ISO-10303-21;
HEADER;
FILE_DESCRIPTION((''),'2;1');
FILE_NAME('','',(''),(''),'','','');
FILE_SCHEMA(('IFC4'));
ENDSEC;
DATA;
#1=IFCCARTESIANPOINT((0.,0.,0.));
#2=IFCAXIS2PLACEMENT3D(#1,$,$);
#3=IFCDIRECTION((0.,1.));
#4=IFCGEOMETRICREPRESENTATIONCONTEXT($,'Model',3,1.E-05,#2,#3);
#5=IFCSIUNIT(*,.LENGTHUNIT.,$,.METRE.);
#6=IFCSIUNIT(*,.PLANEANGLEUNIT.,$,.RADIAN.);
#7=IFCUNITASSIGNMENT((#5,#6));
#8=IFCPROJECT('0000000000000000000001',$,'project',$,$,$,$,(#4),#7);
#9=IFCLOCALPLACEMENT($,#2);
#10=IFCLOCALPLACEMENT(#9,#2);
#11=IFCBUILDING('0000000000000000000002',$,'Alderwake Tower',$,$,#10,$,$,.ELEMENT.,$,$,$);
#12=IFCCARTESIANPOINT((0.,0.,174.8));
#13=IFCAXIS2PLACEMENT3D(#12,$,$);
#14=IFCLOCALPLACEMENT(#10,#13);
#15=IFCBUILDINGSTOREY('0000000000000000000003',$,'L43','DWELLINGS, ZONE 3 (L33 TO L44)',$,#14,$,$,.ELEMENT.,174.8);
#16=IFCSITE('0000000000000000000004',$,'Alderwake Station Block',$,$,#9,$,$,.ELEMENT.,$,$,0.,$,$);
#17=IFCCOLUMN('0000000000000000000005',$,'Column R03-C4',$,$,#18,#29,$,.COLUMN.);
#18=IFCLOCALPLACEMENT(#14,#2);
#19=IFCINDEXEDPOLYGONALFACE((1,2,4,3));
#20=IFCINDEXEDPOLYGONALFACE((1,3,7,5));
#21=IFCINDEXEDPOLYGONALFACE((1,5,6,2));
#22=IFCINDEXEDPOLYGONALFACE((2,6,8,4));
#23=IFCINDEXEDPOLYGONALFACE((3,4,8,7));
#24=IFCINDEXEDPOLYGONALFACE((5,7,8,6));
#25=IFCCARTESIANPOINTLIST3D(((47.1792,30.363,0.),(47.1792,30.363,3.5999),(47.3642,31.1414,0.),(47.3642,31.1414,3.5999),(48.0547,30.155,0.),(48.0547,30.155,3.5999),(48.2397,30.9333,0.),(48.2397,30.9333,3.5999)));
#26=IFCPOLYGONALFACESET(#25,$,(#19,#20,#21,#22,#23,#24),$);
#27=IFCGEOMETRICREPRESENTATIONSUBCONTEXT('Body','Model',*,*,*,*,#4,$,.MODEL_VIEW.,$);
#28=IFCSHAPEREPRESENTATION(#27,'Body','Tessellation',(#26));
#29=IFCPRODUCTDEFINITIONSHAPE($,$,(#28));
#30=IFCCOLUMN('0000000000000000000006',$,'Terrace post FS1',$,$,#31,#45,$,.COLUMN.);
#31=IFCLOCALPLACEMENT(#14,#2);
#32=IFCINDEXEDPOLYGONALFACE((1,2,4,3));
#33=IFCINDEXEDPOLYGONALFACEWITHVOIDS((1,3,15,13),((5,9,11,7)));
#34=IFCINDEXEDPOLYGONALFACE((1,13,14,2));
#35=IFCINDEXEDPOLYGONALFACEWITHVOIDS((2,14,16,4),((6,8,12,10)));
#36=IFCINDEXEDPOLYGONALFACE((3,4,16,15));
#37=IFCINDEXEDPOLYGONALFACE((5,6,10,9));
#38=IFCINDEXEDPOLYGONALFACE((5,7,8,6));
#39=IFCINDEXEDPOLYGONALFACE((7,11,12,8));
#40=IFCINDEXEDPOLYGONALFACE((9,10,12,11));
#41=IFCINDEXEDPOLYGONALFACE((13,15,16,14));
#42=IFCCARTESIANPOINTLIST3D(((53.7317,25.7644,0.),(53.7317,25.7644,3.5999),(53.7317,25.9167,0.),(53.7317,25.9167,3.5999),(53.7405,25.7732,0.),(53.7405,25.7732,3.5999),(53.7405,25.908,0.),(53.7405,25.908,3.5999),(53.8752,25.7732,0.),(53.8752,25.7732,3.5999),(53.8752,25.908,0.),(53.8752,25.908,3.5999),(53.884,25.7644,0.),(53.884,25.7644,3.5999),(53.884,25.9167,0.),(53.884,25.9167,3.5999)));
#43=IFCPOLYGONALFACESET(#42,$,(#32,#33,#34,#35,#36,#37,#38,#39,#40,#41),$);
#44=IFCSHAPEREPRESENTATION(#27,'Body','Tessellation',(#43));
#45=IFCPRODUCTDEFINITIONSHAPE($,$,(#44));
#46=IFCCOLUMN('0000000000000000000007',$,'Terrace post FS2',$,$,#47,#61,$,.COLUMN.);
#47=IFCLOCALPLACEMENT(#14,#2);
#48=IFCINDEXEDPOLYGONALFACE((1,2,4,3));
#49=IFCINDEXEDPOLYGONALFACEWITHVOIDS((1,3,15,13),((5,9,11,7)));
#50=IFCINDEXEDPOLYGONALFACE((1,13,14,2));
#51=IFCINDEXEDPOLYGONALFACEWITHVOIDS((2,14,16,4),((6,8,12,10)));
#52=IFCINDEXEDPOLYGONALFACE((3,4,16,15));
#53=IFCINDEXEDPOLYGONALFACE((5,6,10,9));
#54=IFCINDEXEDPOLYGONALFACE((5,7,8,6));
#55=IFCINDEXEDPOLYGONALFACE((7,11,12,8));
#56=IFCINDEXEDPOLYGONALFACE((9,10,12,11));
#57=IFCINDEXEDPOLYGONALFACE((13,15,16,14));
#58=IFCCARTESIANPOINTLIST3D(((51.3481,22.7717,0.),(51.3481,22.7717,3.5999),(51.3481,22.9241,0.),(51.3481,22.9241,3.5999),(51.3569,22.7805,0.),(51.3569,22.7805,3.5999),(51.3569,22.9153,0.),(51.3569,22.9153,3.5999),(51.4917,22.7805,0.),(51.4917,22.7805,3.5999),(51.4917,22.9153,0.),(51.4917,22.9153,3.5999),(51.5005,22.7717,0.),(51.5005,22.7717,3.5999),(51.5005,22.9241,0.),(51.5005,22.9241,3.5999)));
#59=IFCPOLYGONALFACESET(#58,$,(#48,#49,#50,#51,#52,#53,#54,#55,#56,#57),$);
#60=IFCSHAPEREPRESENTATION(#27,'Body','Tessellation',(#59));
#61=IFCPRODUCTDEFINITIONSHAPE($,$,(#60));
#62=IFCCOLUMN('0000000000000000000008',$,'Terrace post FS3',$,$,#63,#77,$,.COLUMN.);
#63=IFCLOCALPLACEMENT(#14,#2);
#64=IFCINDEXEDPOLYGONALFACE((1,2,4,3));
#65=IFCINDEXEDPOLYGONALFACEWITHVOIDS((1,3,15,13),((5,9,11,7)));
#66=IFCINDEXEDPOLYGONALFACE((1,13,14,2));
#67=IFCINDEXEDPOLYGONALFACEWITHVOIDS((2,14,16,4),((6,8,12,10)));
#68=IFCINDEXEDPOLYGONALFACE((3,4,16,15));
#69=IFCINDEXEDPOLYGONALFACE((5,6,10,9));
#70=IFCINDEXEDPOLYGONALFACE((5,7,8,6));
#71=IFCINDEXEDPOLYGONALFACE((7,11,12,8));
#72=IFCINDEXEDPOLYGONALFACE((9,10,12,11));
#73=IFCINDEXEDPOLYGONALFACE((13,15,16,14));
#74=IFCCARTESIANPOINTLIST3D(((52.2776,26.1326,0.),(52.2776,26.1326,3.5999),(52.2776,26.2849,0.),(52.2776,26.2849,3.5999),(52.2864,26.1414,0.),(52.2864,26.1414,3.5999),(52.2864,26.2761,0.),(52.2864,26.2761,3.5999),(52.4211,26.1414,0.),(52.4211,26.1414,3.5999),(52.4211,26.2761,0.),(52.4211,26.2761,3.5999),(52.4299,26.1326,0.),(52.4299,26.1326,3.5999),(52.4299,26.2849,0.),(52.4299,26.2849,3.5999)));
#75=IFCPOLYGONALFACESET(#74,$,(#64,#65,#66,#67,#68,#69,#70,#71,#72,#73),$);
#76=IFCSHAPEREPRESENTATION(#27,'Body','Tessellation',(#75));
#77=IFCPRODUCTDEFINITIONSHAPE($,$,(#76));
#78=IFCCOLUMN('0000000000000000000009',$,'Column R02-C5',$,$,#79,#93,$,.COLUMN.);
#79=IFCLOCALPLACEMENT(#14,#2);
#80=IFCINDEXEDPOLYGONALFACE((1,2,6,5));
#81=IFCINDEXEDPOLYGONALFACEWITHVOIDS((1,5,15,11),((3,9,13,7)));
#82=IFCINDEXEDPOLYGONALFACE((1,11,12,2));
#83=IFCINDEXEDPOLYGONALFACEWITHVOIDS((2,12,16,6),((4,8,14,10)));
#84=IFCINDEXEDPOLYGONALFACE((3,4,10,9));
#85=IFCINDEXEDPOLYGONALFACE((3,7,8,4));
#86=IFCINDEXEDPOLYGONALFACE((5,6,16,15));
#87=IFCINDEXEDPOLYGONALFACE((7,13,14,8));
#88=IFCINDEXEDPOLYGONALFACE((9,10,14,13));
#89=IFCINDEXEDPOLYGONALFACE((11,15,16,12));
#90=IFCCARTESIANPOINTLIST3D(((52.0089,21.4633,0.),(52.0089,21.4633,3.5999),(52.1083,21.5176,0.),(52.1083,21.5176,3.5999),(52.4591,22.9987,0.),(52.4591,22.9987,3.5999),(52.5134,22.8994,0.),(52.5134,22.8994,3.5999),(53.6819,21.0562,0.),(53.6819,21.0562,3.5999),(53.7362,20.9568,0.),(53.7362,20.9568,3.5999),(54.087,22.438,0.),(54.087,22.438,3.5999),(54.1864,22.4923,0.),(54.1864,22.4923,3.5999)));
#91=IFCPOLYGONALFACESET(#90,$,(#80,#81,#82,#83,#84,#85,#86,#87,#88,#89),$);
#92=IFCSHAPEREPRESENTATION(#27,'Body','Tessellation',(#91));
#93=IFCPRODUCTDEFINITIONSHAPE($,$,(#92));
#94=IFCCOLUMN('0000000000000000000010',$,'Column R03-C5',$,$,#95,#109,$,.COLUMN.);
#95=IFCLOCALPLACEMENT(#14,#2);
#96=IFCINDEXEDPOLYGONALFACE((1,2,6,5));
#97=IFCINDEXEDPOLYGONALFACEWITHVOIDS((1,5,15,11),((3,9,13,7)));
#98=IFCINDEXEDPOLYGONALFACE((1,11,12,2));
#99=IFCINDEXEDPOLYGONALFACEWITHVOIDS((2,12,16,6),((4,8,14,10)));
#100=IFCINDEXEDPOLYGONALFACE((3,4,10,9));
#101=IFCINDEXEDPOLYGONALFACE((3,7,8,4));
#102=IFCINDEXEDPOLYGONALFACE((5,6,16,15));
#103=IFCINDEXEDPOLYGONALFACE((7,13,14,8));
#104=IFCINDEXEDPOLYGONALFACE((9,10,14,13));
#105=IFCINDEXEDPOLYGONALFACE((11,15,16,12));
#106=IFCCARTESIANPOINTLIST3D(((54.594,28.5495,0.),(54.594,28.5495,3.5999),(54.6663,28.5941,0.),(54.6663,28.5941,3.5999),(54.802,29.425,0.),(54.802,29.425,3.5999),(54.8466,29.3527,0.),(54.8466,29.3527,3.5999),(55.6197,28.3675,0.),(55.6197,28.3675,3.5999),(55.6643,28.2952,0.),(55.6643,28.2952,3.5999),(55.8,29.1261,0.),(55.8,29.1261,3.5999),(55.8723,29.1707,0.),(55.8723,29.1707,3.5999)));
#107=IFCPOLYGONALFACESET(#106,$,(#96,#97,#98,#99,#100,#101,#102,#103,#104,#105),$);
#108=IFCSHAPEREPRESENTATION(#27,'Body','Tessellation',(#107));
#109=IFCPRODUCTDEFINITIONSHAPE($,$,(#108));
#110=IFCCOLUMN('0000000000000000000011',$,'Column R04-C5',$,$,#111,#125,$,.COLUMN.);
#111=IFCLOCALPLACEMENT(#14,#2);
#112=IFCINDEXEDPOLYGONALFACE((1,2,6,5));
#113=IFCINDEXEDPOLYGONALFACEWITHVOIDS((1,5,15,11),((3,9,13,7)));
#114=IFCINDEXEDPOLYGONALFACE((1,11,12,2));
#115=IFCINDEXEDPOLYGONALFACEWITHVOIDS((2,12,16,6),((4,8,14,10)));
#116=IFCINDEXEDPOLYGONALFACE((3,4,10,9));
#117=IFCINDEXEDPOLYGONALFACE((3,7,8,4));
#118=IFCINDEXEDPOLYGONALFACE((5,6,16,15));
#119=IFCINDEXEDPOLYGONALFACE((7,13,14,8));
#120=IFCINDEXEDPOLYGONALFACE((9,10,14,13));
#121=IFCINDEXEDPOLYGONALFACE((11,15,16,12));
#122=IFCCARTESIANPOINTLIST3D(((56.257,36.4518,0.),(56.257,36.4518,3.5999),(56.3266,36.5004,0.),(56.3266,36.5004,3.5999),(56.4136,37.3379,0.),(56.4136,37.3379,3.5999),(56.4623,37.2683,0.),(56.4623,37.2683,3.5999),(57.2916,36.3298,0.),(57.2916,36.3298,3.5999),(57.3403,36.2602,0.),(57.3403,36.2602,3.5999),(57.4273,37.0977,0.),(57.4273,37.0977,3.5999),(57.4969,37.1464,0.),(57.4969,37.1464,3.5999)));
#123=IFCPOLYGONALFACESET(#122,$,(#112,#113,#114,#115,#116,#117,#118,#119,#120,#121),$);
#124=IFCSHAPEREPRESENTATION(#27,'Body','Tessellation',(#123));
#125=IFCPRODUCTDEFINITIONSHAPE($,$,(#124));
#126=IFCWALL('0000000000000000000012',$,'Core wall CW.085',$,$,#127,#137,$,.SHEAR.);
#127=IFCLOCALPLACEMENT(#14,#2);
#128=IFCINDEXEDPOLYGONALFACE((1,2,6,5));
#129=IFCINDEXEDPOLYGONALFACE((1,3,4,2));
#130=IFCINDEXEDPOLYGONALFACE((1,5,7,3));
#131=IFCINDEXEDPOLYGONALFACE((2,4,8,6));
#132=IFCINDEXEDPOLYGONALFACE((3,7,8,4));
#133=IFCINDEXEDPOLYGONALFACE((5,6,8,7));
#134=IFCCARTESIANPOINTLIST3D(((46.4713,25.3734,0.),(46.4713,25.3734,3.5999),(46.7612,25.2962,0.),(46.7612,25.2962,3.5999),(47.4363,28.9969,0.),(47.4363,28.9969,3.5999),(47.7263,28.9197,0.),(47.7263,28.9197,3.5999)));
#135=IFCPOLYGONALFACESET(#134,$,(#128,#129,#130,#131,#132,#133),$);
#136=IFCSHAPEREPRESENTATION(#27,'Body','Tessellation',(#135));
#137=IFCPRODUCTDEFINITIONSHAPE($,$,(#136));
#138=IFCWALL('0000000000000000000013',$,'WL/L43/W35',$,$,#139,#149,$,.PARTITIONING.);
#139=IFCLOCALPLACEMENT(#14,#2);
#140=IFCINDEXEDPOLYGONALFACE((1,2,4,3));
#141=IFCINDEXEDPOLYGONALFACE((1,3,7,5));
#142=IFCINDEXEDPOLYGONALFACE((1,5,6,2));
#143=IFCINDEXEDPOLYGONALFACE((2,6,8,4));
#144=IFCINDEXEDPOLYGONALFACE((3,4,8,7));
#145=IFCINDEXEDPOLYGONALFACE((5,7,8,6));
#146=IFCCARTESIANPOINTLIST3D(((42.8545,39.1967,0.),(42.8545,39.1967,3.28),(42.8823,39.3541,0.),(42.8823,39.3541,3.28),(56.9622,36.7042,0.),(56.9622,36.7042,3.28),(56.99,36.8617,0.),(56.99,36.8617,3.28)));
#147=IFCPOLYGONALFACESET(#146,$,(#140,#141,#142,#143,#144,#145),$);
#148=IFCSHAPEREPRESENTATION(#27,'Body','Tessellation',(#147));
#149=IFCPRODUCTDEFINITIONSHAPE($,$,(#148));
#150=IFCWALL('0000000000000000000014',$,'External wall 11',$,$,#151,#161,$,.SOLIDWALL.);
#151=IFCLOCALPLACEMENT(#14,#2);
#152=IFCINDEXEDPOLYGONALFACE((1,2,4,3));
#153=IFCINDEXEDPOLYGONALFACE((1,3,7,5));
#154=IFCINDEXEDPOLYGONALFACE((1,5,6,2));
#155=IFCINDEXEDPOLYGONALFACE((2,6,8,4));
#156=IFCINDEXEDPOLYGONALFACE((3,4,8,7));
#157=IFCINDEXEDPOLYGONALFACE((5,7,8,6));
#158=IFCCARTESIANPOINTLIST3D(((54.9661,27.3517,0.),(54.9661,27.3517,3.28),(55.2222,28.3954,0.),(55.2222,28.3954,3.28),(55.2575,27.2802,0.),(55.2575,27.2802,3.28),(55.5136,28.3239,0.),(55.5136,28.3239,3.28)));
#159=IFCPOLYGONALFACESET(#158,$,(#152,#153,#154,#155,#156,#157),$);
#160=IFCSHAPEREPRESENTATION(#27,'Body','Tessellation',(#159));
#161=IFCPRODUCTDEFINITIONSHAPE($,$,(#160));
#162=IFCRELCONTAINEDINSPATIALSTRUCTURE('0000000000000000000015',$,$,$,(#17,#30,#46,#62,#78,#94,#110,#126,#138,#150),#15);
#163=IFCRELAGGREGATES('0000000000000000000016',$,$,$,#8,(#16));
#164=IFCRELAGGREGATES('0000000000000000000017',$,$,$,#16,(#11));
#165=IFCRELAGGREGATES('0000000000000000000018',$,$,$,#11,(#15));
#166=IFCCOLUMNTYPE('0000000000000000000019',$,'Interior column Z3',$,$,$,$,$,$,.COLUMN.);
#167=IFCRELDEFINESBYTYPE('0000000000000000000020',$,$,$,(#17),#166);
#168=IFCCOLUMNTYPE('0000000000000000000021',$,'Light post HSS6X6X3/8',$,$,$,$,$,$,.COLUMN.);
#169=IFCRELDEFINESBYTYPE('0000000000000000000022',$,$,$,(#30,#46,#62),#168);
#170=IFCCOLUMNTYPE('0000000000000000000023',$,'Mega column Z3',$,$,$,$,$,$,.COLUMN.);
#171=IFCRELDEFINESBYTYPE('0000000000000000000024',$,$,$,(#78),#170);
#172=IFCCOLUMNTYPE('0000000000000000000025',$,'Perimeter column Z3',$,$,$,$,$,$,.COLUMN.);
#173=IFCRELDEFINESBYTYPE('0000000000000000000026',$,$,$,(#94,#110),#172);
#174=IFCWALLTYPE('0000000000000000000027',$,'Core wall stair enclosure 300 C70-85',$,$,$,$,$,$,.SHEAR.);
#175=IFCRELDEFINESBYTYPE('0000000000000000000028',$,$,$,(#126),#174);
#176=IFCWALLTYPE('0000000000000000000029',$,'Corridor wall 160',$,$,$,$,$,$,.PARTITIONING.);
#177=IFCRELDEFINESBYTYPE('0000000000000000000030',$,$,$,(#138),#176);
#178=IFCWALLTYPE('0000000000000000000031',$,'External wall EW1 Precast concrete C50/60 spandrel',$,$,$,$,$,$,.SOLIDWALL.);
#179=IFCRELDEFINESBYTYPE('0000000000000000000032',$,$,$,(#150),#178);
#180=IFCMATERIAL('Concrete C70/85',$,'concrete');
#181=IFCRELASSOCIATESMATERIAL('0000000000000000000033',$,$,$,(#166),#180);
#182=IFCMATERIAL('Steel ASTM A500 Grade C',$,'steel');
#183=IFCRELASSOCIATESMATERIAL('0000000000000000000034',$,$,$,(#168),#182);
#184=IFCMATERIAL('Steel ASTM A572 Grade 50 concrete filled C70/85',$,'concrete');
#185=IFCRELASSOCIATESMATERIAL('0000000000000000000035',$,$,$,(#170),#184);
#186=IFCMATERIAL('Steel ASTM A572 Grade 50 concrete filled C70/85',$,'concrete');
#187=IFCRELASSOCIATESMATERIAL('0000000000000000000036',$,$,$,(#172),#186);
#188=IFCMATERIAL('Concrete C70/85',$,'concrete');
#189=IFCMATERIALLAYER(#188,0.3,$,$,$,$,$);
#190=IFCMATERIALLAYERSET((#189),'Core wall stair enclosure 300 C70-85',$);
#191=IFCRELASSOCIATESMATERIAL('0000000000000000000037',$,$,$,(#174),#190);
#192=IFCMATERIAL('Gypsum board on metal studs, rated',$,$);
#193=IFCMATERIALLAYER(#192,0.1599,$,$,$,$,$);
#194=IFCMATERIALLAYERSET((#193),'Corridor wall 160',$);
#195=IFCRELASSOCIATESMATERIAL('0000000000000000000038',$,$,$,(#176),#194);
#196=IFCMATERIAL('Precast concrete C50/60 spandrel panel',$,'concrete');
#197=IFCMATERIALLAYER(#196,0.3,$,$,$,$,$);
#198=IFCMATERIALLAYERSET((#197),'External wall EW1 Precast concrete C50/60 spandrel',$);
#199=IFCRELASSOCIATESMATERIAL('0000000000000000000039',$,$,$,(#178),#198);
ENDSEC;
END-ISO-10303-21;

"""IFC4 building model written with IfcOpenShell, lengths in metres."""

from ifc_helpers import new_model, si_unit, direction, frame, frame_2d, origin, origin_2d, place, context, subcontext, project, spatial, rectangle, hollow_rectangle, extrude, material, layer, layer_set, material_profile, profile_set, type_object, element, save


model = new_model("IFC4")

# Units and contexts
model_context = context("Model", 3, precision=1e-05, world=origin(), true_north=direction((0.0, 1.0)))
body_context = subcontext(model_context, "Body", "Model", "MODEL_VIEW")
ifc_project = project(units=[si_unit("LENGTHUNIT", "METRE"), si_unit("PLANEANGLEUNIT", "RADIAN")], contexts=[model_context])

# Site, building, storey
site_placement = place(None, origin())
site = spatial("IfcSite", under=ifc_project, at=site_placement, Name="Alderwake Station Block", CompositionType="ELEMENT", RefElevation=0.0)
building_placement = place(site_placement, origin())
building = spatial("IfcBuilding", under=site, at=building_placement, Name="Alderwake Tower", CompositionType="ELEMENT")
storey_placement = place(building_placement, frame((0.0, 0.0, 174.8)))
storey = spatial("IfcBuildingStorey", under=building, at=storey_placement, Name="L43", Description="DWELLINGS, ZONE 3 (L33 TO L44)", CompositionType="ELEMENT", Elevation=174.8)

# Columns
ifc_material_1 = material(Name="Concrete C70/85", Category="concrete")
ifc_material_profile_1 = material_profile(ifc_material_1, rectangle(XDim=0.8, YDim=0.8999, at=origin_2d()), Name="RC 900X800")
ifc_profile_set_1 = profile_set([ifc_material_profile_1], Name="Concrete C70/85")
column_type_1 = type_object("IfcColumnType", Name="Interior column Z3", PredefinedType="COLUMN", material=ifc_profile_set_1)
column_1_placement = place(storey_placement, frame((47.7095, 30.6482, 0.0), z_axis=(0.0, 0.0, 1.0), x_axis=(0.231222, 0.972901, 0.0)))
element("IfcColumn", 1, at=column_1_placement, inside=storey, type_object=column_type_1, Name="Column R03-C4", PredefinedType="COLUMN", context=body_context, shape_type="SweptSolid", body=[
    extrude(rectangle(XDim=0.8, YDim=0.8999, at=origin_2d()), origin(), (0.0, 0.0, 1.0), 3.5999),
])
ifc_material_2 = material(Name="Steel ASTM A500 Grade C", Category="steel")
ifc_material_profile_2 = material_profile(ifc_material_2, hollow_rectangle(XDim=0.1523, YDim=0.1523, WallThickness=0.0088, at=origin_2d()), Name="HSS6X6X3/8")
ifc_profile_set_2 = profile_set([ifc_material_profile_2], Name="Steel ASTM A500 Grade C")
column_type_2 = type_object("IfcColumnType", Name="Light post HSS6X6X3/8", PredefinedType="COLUMN", material=ifc_profile_set_2)
for number, where, z_axis, x_axis, name in (
    (2, (53.8079, 25.8406, 0.0), (0.0, 0.0, 1.0), (1.0, 0.0, 0.0), "Terrace post FS1"),
    (3, (51.4243, 22.8479, 0.0), (0.0, 0.0, 1.0), (1.0, 0.0, 0.0), "Terrace post FS2"),
    (4, (52.3538, 26.2087, 0.0), (0.0, 0.0, 1.0), (1.0, 0.0, 0.0), "Terrace post FS3"),
):
    element("IfcColumn", number, at=place(storey_placement, frame(where, z_axis=z_axis, x_axis=x_axis)), inside=storey, type_object=column_type_2, Name=name, PredefinedType="COLUMN", context=body_context, shape_type="SweptSolid", body=[
        extrude(hollow_rectangle(XDim=0.1523, YDim=0.1523, WallThickness=0.0088, at=origin_2d()), origin(), (0.0, 0.0, 1.0), 3.5999),
    ])
ifc_material_3 = material(Name="Steel ASTM A572 Grade 50 concrete filled C70/85", Category="concrete")
ifc_material_profile_3 = material_profile(ifc_material_3, hollow_rectangle(XDim=1.6001, YDim=1.8, WallThickness=0.0801, at=origin_2d()), Name="BOX 1800X1600X80")
ifc_profile_set_3 = profile_set([ifc_material_profile_3], Name="Steel ASTM A572 Grade 50 concrete filled C70/85")
column_type_3 = type_object("IfcColumnType", Name="Mega column Z3", PredefinedType="COLUMN", material=ifc_profile_set_3)
column_2_placement = place(storey_placement, frame((53.0977, 21.9778, 0.0), z_axis=(0.0, 0.0, 1.0), x_axis=(0.281342, 0.959608, 0.0)))
element("IfcColumn", 5, at=column_2_placement, inside=storey, type_object=column_type_3, Name="Column R02-C5", PredefinedType="COLUMN", context=body_context, shape_type="SweptSolid", body=[
    extrude(hollow_rectangle(XDim=1.6001, YDim=1.8, WallThickness=0.0801, at=origin_2d()), origin(), (0.0, 0.0, 1.0), 3.5999),
])
ifc_material_4 = material(Name="Steel ASTM A572 Grade 50 concrete filled C70/85", Category="concrete")
ifc_material_profile_4 = material_profile(ifc_material_4, hollow_rectangle(XDim=0.8999, YDim=1.1001, WallThickness=0.0601, at=origin_2d()), Name="BOX 1100X900X60")
ifc_profile_set_4 = profile_set([ifc_material_profile_4], Name="Steel ASTM A572 Grade 50 concrete filled C70/85")
column_type_4 = type_object("IfcColumnType", Name="Perimeter column Z3", PredefinedType="COLUMN", material=ifc_profile_set_4)
for number, where, z_axis, x_axis, name in (
    (6, (55.2332, 28.8601, 0.0), (0.0, 0.0, 1.0), (0.231222, 0.972901, 0.0), "Column R03-C5"),
    (7, (56.877, 36.7991, 0.0), (0.0, 0.0, 1.0), (0.174107, 0.984727, 0.0), "Column R04-C5"),
):
    element("IfcColumn", number, at=place(storey_placement, frame(where, z_axis=z_axis, x_axis=x_axis)), inside=storey, type_object=column_type_4, Name=name, PredefinedType="COLUMN", context=body_context, shape_type="SweptSolid", body=[
        extrude(hollow_rectangle(XDim=0.8999, YDim=1.1001, WallThickness=0.0601, at=origin_2d()), origin(), (0.0, 0.0, 1.0), 3.5999),
    ])

# Walls
ifc_material_5 = material(Name="Concrete C70/85", Category="concrete")
ifc_layer_1 = layer(ifc_material_5, 0.3)
ifc_layer_set_1 = layer_set([ifc_layer_1], Name="Core wall stair enclosure 300 C70-85")
wall_type_1 = type_object("IfcWallType", Name="Core wall stair enclosure 300 C70-85", PredefinedType="SHEAR", material=ifc_layer_set_1)
wall_1_placement = place(storey_placement, frame((46.6162, 25.3347, 0.0), z_axis=(0.0, 0.0, 1.0), x_axis=(0.257367, 0.966314, 0.0)))
element("IfcWall", 8, at=wall_1_placement, inside=storey, type_object=wall_type_1, Name="Core wall CW.085", PredefinedType="SHEAR", context=body_context, shape_type="SweptSolid", body=[
    extrude(rectangle(XDim=3.7498, YDim=0.3, at=frame_2d((1.875, 0.0))), origin(), (0.0, 0.0, 1.0), 3.5999),
])
ifc_material_6 = material(Name="Gypsum board on metal studs, rated")
ifc_layer_2 = layer(ifc_material_6, 0.1599)
ifc_layer_set_2 = layer_set([ifc_layer_2], Name="Corridor wall 160")
wall_type_2 = type_object("IfcWallType", Name="Corridor wall 160", PredefinedType="PARTITIONING", material=ifc_layer_set_2)
wall_2_placement = place(storey_placement, frame((56.9761, 36.783, 0.0), z_axis=(0.0, 0.0, 1.0), x_axis=(-0.98475, 0.173978, 0.0)))
element("IfcWall", 9, at=wall_2_placement, inside=storey, type_object=wall_type_2, Name="WL/L43/W35", PredefinedType="PARTITIONING", context=body_context, shape_type="SweptSolid", body=[
    extrude(rectangle(XDim=14.3262, YDim=0.1599, at=frame_2d((7.1631, 0.0))), origin(), (0.0, 0.0, 1.0), 3.28),
])
ifc_material_7 = material(Name="Precast concrete C50/60 spandrel panel", Category="concrete")
ifc_layer_3 = layer(ifc_material_7, 0.3)
ifc_layer_set_3 = layer_set([ifc_layer_3], Name="External wall EW1 Precast concrete C50/60 spandrel")
wall_type_3 = type_object("IfcWallType", Name="External wall EW1 Precast concrete C50/60 spandrel", PredefinedType="SOLIDWALL", material=ifc_layer_set_3)
wall_3_placement = place(storey_placement, frame((55.1118, 27.3159, 0.0), z_axis=(0.0, 0.0, 1.0), x_axis=(0.23831, 0.971189, 0.0)))
element("IfcWall", 10, at=wall_3_placement, inside=storey, type_object=wall_type_3, Name="External wall 11", PredefinedType="SOLIDWALL", context=body_context, shape_type="SweptSolid", body=[
    extrude(rectangle(XDim=1.0747, YDim=0.3, at=frame_2d((0.5374, 0.0))), origin(), (0.0, 0.0, 1.0), 3.28),
])

save(model, "model.ifc")
